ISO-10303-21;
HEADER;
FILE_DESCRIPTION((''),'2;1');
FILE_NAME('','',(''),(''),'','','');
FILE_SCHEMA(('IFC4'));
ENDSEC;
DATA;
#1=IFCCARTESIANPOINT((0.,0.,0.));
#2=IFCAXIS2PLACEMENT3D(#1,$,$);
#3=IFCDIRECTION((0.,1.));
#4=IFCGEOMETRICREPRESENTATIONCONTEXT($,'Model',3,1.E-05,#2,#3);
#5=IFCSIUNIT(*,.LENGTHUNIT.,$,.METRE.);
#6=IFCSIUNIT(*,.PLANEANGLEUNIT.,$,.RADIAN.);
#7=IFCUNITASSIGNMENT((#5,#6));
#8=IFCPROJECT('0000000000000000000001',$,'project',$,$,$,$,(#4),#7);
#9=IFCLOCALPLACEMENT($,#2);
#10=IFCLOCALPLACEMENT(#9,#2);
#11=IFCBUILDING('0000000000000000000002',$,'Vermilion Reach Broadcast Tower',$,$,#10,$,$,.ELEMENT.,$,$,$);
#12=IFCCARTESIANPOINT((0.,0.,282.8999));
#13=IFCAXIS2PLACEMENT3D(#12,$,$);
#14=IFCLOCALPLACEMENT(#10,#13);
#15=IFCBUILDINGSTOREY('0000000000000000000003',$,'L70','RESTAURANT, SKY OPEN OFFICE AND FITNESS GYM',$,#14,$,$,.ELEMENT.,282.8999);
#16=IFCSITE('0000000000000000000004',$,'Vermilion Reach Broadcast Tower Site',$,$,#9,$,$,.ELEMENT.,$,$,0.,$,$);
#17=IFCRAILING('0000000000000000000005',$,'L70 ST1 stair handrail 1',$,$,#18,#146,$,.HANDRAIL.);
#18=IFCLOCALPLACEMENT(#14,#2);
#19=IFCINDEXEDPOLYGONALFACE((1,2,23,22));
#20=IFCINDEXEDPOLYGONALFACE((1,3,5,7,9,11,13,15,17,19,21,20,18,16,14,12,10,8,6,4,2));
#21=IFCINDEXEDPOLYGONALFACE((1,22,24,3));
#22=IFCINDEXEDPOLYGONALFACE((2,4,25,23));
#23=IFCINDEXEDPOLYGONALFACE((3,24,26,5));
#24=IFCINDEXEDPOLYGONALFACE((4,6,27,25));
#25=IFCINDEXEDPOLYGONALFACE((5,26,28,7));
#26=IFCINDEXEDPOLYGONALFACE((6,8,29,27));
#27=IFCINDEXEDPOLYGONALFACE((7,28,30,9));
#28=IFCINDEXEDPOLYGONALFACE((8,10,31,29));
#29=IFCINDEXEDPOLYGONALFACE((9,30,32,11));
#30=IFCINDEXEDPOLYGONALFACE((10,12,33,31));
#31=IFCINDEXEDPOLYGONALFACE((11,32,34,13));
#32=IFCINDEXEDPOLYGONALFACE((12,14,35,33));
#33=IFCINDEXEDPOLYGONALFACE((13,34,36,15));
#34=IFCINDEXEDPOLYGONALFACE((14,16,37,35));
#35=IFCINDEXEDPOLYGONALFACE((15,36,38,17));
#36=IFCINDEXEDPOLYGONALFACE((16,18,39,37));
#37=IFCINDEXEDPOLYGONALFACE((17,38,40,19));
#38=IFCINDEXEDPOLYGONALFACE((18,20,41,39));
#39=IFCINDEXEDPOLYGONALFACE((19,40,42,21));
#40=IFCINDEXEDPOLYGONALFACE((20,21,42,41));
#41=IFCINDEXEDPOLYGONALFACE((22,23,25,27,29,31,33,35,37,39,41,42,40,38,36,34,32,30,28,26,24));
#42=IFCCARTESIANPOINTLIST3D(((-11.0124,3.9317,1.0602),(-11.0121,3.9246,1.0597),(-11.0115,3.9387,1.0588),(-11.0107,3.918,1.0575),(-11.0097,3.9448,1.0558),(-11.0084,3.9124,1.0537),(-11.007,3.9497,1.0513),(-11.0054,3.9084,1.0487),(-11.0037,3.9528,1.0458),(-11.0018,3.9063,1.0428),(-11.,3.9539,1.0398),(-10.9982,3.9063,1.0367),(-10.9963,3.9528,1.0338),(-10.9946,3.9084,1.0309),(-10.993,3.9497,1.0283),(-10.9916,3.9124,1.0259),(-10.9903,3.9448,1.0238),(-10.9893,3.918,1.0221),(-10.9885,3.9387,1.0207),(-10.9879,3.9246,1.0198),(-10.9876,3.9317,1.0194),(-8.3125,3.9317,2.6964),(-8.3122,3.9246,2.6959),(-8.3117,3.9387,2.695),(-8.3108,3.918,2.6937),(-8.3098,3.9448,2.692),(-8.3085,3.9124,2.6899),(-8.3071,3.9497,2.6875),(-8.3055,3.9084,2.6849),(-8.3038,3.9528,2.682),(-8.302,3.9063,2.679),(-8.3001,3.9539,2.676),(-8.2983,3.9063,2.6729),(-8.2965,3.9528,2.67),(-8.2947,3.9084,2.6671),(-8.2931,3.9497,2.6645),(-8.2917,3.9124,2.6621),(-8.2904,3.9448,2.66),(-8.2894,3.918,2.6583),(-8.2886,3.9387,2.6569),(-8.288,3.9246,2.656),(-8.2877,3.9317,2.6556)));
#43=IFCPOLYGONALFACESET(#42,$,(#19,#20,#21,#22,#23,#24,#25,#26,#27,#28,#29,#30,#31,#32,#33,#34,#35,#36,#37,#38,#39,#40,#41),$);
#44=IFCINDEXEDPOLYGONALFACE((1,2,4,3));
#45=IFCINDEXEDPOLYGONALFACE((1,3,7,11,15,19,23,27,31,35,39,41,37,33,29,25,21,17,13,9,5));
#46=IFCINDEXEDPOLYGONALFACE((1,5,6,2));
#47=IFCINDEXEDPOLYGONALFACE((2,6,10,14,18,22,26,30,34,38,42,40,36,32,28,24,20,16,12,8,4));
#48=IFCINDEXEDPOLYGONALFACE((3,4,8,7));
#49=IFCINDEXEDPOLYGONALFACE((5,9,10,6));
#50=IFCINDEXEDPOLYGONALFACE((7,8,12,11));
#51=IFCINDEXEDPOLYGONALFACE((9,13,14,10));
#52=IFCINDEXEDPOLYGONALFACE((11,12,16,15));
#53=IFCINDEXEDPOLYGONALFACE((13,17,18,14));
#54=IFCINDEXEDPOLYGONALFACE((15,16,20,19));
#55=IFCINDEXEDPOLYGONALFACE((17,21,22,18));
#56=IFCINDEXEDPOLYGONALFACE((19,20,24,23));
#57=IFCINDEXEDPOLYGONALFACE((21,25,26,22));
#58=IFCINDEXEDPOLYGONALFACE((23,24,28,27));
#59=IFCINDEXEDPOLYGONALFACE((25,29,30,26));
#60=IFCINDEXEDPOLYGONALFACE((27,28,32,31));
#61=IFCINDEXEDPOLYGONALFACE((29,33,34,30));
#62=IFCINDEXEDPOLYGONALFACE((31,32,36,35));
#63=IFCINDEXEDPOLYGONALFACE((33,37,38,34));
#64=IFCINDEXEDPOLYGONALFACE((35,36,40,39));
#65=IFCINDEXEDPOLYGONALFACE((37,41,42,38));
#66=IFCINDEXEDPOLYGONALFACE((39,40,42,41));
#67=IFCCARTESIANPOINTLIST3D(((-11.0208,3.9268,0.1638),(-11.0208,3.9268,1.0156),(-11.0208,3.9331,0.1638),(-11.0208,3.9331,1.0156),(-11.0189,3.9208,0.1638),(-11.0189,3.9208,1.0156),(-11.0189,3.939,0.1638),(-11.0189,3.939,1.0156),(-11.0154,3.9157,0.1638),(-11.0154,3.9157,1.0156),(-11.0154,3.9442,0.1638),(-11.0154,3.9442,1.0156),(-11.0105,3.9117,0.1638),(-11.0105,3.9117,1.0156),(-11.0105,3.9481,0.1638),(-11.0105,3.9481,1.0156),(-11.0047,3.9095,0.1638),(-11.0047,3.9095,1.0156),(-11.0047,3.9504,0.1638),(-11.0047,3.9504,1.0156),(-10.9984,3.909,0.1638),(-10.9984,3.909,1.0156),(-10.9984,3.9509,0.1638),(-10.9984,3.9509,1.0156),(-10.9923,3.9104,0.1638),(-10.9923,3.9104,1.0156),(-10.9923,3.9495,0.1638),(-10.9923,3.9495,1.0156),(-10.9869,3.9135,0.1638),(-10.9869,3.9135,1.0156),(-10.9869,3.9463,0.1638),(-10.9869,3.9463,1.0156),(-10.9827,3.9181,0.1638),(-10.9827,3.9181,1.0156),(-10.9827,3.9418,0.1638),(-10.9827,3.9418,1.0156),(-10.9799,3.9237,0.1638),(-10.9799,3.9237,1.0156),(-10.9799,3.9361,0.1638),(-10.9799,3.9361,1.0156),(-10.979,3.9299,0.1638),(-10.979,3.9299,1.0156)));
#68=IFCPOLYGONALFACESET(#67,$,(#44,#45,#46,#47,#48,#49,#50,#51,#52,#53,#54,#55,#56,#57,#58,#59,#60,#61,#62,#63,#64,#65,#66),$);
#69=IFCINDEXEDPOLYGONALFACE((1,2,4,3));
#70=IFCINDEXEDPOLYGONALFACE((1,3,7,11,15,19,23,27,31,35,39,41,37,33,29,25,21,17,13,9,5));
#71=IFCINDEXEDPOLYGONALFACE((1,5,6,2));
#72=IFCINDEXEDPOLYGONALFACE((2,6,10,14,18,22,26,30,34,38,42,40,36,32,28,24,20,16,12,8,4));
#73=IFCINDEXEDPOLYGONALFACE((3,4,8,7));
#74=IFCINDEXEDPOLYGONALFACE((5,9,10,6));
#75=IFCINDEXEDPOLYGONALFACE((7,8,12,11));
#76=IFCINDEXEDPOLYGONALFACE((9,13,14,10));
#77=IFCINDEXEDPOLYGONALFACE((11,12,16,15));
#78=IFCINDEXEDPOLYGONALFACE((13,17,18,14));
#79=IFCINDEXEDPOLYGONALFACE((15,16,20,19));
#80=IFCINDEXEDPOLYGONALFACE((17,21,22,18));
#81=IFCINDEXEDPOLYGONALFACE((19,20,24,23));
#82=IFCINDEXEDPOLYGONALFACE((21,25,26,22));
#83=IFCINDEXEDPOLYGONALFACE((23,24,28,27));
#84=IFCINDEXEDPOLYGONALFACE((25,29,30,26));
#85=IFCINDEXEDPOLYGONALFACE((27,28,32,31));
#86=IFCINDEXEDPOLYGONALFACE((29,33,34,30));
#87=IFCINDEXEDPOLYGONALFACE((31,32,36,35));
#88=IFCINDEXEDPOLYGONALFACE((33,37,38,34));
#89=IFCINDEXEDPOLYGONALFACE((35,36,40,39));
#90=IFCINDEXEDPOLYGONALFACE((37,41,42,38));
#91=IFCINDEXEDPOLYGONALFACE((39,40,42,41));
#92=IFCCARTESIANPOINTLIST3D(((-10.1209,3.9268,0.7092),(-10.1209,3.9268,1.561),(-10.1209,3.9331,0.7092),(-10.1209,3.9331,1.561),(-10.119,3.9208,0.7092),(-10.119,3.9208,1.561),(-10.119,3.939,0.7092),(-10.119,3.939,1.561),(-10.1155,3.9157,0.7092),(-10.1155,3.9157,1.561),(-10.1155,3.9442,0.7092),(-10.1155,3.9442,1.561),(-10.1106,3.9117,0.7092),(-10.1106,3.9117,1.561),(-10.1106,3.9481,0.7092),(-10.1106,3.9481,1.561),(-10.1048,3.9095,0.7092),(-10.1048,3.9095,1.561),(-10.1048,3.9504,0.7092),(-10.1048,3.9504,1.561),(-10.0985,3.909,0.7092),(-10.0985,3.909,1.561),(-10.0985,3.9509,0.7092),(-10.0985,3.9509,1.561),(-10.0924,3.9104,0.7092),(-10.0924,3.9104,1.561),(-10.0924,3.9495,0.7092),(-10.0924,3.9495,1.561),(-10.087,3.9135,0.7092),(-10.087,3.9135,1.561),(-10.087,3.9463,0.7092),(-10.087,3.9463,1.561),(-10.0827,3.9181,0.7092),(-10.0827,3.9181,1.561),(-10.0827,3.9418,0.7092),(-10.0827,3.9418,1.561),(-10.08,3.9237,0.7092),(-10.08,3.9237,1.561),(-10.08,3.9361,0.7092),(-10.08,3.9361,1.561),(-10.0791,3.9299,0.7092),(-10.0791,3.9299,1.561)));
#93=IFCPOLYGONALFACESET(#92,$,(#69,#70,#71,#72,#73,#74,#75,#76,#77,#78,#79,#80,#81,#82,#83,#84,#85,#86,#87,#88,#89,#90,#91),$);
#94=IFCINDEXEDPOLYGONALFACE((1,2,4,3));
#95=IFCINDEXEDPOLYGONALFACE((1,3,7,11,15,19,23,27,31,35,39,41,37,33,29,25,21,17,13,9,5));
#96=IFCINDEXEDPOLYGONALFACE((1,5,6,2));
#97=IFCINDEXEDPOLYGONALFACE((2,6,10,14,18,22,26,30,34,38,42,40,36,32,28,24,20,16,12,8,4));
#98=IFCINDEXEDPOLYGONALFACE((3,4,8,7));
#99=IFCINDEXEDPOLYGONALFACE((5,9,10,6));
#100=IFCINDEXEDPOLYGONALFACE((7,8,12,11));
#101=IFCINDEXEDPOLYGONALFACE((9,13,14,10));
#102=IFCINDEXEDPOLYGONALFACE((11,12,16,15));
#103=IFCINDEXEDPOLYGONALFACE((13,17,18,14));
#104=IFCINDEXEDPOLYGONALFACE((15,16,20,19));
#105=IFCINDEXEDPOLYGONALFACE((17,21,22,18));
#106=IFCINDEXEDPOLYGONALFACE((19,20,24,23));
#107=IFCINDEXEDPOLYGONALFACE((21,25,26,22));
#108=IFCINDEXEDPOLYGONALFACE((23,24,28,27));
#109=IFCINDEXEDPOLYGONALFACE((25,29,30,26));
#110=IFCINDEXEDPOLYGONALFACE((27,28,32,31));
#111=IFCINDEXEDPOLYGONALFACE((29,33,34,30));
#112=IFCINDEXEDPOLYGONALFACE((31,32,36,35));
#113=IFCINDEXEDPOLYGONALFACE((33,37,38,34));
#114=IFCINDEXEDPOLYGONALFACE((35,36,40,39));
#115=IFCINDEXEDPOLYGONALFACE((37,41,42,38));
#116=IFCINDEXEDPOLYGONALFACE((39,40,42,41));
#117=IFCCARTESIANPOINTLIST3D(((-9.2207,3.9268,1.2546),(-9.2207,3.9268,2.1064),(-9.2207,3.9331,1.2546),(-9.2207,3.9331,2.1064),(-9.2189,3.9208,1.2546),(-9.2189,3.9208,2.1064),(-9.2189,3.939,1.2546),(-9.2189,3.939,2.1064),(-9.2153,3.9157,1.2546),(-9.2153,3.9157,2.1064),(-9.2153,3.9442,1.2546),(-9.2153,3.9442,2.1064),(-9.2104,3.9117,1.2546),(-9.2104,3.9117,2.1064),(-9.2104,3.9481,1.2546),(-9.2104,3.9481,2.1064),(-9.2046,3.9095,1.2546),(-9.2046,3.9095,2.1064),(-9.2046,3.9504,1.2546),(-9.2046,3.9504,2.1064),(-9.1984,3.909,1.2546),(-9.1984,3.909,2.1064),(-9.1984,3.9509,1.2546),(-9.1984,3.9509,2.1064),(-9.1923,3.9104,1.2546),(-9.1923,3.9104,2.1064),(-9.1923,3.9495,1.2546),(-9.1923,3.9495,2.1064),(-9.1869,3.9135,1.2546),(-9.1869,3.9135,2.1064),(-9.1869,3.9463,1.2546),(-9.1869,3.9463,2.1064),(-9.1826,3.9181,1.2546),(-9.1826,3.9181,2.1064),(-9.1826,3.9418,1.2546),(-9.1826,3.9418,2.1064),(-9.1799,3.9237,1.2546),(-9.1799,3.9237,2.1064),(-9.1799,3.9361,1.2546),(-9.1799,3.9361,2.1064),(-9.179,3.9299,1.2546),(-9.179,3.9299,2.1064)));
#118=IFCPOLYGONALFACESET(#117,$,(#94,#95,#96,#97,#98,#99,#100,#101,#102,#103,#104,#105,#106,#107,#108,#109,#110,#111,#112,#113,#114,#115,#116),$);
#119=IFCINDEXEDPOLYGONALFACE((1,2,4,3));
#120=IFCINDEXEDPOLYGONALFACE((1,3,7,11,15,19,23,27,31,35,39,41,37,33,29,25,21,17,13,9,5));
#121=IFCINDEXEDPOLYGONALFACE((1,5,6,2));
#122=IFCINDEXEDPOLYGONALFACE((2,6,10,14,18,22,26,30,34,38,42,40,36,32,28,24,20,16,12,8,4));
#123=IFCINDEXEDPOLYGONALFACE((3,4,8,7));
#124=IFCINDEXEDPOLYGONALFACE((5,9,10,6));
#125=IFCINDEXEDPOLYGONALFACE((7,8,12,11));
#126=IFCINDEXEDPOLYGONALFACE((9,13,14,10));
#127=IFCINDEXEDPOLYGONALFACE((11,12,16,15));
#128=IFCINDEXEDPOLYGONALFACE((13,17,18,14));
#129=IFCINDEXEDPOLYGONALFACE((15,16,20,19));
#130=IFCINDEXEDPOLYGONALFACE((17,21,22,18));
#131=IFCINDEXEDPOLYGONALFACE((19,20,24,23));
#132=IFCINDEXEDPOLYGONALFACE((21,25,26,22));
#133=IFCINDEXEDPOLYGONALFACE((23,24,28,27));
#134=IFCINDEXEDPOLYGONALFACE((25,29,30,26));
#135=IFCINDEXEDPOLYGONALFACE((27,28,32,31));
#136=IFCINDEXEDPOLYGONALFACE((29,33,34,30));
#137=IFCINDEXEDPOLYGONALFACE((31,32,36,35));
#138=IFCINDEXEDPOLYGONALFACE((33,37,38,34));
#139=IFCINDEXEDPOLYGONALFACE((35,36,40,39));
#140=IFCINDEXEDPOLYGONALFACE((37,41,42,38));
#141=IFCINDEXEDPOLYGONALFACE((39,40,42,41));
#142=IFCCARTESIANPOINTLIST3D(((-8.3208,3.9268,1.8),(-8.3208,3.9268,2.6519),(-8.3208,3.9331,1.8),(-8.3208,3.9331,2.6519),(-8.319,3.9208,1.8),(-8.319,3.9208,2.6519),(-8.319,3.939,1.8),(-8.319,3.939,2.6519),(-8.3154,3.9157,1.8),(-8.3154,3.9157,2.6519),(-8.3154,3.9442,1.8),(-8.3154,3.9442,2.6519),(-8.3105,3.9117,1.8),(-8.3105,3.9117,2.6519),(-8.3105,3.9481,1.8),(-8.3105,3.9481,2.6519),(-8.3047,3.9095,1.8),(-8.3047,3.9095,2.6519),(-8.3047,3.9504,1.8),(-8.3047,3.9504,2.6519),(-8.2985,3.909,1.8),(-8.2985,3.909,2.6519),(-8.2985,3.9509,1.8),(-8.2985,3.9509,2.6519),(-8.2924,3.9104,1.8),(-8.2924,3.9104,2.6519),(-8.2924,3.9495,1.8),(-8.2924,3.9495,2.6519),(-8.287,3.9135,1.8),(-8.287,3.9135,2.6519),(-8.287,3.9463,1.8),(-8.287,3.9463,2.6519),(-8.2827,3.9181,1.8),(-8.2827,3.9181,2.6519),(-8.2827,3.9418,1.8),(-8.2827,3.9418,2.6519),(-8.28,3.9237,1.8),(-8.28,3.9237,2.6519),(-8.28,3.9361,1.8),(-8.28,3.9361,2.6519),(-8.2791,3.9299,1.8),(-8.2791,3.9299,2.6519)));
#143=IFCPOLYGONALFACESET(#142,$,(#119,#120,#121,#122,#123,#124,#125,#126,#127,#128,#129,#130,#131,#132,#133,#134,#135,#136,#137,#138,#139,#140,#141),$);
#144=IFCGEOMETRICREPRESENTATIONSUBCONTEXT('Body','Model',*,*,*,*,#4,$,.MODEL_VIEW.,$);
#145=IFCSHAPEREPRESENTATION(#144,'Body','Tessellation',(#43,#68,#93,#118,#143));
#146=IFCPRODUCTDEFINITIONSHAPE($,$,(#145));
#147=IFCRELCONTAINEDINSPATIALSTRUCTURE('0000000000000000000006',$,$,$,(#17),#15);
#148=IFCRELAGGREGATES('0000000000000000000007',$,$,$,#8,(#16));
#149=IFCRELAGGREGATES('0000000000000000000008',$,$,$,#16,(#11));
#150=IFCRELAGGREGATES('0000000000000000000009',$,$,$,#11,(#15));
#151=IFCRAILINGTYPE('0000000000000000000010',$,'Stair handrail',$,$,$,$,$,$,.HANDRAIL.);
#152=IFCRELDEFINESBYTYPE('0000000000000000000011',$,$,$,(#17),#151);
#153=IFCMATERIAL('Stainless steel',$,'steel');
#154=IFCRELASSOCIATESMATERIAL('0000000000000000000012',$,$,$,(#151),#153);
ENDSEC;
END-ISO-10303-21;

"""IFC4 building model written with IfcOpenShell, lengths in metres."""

from ifc_helpers import new_model, si_unit, direction, frame, origin, origin_2d, place, context, subcontext, project, spatial, circle, extrude, material, type_object, element, save


model = new_model("IFC4")

# Units and contexts
model_context = context("Model", 3, precision=1e-05, world=origin(), true_north=direction((0.0, 1.0)))
body_context = subcontext(model_context, "Body", "Model", "MODEL_VIEW")
ifc_project = project(units=[si_unit("LENGTHUNIT", "METRE"), si_unit("PLANEANGLEUNIT", "RADIAN")], contexts=[model_context])

# Site, building, storey
site_placement = place(None, origin())
site = spatial("IfcSite", under=ifc_project, at=site_placement, Name="Vermilion Reach Broadcast Tower Site", CompositionType="ELEMENT", RefElevation=0.0)
building_placement = place(site_placement, origin())
building = spatial("IfcBuilding", under=site, at=building_placement, Name="Vermilion Reach Broadcast Tower", CompositionType="ELEMENT")
storey_placement = place(building_placement, frame((0.0, 0.0, 282.8999)))
storey = spatial("IfcBuildingStorey", under=building, at=storey_placement, Name="L70", Description="RESTAURANT, SKY OPEN OFFICE AND FITNESS GYM", CompositionType="ELEMENT", Elevation=282.8999)

# Railing
ifc_material_1 = material(Name="Stainless steel", Category="steel")
railing_type_1 = type_object("IfcRailingType", Name="Stair handrail", PredefinedType="HANDRAIL", material=ifc_material_1)
railing_1_placement = place(storey_placement, frame((-11.0, 3.9299, 0.1638)))
element("IfcRailing", 1, at=railing_1_placement, inside=storey, type_object=railing_type_1, Name="L70 ST1 stair handrail 1", PredefinedType="HANDRAIL", context=body_context, shape_type="SweptSolid", body=[
    extrude(circle(Radius=0.0239, at=origin_2d()), frame((0.0, 0.0, 0.876), z_axis=(0.855212, 0.0, 0.518278), x_axis=(0.0, 1.0, 0.0)), (0.0, 0.0, 1.0), 3.157),
    extrude(circle(Radius=0.021, at=origin_2d()), origin(), (0.0, 0.0, 1.0), 0.8518),
    extrude(circle(Radius=0.021, at=origin_2d()), frame((0.8999, 0.0, 0.5454)), (0.0, 0.0, 1.0), 0.8518),
    extrude(circle(Radius=0.021, at=origin_2d()), frame((1.8, 0.0, 1.0908)), (0.0, 0.0, 1.0), 0.8518),
    extrude(circle(Radius=0.021, at=origin_2d()), frame((2.7, 0.0, 1.6362)), (0.0, 0.0, 1.0), 0.8518),
])

save(model, "model.ifc")
